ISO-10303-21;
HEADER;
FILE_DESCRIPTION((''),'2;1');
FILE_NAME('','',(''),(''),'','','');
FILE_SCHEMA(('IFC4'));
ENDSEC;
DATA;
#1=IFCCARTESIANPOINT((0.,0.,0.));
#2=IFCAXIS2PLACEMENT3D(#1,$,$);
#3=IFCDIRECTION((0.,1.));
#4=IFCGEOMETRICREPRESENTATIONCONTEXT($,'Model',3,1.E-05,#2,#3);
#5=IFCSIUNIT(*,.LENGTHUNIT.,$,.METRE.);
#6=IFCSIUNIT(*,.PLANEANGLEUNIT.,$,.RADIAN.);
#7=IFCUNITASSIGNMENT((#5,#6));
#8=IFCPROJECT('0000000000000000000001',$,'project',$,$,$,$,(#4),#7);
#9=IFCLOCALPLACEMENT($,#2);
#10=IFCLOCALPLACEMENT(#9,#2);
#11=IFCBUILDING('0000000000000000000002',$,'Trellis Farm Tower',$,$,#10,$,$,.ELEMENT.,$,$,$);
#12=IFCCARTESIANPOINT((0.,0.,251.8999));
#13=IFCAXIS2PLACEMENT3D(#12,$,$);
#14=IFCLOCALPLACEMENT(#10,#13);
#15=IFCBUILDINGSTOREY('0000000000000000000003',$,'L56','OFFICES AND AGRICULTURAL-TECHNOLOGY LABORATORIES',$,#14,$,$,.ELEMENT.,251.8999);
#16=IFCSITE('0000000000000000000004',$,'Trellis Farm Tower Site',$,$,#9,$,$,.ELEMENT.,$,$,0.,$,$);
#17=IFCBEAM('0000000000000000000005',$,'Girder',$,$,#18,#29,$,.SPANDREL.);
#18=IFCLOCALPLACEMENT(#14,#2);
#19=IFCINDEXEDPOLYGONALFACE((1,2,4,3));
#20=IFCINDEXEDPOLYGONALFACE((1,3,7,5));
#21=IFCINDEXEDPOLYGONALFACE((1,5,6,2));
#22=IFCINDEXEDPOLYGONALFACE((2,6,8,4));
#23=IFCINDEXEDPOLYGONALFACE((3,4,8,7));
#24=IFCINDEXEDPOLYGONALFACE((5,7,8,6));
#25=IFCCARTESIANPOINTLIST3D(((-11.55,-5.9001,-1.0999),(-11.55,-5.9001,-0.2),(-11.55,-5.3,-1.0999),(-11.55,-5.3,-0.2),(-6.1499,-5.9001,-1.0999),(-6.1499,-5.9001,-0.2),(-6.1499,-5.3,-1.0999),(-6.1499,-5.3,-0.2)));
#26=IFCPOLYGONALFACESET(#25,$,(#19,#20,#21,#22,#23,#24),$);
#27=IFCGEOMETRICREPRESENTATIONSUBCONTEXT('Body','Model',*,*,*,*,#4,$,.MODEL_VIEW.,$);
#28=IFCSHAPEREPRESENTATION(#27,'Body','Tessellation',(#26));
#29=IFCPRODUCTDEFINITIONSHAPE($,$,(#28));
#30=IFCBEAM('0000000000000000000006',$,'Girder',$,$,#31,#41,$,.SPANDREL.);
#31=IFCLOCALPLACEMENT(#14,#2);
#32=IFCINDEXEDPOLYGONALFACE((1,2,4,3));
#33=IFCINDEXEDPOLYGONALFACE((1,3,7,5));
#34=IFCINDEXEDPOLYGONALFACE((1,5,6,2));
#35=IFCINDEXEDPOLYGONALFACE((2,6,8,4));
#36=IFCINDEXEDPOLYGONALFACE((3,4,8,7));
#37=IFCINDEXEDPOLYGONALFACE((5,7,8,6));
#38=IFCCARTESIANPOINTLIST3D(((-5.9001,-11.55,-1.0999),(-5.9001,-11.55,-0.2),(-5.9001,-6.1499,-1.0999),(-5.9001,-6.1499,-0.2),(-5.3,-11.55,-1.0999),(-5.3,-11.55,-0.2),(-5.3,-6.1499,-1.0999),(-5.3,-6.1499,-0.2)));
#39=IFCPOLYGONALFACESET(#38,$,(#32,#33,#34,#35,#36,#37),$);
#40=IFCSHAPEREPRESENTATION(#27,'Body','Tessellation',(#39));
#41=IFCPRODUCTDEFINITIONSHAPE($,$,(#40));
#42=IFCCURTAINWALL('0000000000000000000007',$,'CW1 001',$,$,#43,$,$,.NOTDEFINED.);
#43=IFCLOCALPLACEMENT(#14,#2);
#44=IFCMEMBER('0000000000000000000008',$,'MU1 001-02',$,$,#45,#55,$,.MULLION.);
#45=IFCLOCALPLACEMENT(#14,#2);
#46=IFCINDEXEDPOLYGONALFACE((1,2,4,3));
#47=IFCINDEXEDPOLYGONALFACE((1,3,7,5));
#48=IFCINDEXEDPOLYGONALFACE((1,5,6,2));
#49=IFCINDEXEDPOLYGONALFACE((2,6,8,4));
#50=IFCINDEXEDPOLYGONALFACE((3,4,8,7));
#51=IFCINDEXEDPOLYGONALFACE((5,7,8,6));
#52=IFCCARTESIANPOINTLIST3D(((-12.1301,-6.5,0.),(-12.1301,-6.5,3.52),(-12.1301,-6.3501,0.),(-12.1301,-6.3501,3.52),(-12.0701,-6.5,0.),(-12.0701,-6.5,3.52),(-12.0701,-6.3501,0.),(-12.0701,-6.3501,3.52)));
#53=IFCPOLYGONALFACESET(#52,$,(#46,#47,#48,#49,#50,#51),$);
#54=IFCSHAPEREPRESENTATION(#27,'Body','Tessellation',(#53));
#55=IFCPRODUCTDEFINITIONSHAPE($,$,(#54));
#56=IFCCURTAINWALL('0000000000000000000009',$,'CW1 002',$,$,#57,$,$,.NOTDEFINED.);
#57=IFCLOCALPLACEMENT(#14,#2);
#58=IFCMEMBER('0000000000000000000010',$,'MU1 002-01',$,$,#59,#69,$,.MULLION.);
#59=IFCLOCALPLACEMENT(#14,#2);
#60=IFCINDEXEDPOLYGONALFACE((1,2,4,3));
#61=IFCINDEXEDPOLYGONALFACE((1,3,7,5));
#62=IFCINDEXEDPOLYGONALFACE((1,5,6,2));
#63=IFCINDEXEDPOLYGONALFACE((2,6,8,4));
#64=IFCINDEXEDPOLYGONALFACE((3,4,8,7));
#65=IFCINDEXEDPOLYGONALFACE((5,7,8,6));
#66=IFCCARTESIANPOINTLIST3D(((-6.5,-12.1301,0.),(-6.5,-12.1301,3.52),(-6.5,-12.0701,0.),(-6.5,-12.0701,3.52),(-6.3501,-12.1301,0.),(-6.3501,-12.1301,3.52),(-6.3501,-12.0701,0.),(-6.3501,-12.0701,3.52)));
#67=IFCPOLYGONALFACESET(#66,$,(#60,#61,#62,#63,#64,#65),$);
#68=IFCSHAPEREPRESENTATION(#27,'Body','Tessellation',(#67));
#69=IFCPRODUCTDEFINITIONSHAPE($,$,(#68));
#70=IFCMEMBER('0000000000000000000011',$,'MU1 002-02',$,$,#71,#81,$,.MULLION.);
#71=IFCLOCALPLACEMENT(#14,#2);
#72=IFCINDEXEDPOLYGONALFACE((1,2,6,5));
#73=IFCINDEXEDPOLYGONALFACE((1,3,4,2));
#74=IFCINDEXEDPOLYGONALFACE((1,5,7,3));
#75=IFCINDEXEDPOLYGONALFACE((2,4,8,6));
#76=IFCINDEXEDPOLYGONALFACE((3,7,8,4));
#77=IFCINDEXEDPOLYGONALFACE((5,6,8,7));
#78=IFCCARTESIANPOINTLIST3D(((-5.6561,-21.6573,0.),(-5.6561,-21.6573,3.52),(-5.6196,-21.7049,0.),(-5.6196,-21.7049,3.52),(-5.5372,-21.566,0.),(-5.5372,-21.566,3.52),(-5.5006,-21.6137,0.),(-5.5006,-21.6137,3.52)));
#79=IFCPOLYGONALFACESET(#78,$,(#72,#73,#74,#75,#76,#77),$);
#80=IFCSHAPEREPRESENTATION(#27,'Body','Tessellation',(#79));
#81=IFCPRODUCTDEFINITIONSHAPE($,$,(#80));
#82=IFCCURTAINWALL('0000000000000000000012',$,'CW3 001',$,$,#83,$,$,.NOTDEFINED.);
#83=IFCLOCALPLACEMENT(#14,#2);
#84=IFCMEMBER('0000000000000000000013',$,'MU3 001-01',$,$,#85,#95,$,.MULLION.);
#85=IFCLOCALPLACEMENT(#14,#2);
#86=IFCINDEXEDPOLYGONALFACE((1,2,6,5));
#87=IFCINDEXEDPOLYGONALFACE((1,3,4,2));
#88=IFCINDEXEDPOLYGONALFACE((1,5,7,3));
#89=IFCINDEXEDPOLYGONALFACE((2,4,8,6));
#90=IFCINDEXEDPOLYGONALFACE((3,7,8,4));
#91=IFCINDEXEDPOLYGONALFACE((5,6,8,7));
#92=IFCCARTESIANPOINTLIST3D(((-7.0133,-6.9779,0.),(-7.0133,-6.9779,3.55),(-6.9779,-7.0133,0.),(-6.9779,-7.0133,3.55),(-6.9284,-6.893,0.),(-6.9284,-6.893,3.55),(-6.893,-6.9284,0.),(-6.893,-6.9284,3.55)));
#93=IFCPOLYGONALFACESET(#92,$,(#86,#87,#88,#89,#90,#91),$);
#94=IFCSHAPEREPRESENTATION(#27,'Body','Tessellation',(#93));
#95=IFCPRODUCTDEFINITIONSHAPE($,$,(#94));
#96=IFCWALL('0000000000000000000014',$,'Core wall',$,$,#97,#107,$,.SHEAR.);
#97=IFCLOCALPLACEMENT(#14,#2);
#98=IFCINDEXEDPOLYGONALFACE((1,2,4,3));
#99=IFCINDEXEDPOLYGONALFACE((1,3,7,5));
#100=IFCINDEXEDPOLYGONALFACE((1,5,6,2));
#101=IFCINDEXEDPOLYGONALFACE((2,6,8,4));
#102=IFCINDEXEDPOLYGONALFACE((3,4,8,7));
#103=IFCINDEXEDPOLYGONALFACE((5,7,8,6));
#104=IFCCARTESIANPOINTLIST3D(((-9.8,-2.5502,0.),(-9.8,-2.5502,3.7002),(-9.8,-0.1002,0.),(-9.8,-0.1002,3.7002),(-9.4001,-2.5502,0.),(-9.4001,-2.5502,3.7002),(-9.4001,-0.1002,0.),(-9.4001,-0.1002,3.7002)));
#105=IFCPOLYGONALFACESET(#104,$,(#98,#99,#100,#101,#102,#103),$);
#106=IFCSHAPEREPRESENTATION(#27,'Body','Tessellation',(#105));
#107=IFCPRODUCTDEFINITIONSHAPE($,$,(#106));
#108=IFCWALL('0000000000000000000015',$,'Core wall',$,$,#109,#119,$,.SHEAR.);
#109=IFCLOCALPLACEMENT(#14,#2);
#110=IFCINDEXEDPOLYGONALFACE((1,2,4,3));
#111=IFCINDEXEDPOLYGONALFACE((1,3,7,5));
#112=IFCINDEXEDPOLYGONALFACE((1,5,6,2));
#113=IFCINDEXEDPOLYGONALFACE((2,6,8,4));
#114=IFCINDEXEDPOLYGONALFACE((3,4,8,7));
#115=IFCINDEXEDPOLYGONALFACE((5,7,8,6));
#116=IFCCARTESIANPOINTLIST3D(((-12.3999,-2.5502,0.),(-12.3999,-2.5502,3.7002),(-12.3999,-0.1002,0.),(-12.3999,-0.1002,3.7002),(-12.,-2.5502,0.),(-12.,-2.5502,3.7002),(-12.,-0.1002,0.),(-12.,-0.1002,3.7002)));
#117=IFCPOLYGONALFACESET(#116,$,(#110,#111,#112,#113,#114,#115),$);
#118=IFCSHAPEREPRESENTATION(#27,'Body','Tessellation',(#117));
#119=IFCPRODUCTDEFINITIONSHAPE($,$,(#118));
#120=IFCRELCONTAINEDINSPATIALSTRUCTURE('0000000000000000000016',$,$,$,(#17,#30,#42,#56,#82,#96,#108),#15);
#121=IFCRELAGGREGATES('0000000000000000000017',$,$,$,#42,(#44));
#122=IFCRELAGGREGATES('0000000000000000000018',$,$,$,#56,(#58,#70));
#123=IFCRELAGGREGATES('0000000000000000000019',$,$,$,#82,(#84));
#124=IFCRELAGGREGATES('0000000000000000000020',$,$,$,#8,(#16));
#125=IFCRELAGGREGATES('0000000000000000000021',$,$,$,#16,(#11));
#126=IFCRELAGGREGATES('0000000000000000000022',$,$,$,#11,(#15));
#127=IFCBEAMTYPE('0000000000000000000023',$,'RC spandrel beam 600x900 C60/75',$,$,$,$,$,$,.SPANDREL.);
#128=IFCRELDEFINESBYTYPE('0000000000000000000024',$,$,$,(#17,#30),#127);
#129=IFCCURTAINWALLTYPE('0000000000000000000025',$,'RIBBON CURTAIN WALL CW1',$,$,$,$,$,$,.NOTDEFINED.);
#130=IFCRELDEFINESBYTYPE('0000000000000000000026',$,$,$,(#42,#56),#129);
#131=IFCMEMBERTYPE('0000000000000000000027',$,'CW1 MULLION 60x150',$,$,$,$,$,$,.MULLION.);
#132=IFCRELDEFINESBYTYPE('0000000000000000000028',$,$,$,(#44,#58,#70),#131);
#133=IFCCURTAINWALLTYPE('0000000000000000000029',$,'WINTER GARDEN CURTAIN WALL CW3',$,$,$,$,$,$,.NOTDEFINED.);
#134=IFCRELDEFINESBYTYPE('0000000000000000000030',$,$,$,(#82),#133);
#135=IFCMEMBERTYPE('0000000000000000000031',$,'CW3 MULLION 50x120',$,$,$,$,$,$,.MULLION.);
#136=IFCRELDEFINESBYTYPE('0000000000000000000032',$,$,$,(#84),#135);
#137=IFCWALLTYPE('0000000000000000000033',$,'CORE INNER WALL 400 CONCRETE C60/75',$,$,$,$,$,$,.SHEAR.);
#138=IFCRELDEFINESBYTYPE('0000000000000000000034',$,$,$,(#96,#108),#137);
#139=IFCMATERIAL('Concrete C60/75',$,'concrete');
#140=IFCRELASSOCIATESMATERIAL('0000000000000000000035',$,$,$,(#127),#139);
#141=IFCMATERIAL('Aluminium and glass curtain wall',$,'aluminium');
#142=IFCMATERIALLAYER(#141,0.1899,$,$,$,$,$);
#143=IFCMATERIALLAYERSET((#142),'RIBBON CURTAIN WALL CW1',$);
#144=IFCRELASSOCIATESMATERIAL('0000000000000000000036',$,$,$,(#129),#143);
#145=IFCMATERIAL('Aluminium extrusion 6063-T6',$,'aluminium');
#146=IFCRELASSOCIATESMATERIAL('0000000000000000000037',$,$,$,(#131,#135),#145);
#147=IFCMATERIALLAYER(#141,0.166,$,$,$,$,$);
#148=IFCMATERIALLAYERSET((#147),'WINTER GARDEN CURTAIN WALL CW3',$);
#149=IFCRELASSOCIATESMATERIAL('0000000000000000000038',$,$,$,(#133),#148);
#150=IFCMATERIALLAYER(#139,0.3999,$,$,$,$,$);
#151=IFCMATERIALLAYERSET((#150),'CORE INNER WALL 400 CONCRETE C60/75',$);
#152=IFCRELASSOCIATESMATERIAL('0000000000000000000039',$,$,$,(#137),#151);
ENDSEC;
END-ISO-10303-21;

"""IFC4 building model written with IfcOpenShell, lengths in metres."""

from ifc_helpers import new_model, si_unit, direction, frame, frame_2d, origin, origin_2d, place, context, subcontext, project, spatial, rectangle, extrude, source, transform, mapped, material, layer, layer_set, material_profile, profile_set, type_object, element, aggregate, save


model = new_model("IFC4")

# Units and contexts
model_context = context("Model", 3, precision=1e-05, world=origin(), true_north=direction((0.0, 1.0)))
body_context = subcontext(model_context, "Body", "Model", "MODEL_VIEW")
ifc_project = project(units=[si_unit("LENGTHUNIT", "METRE"), si_unit("PLANEANGLEUNIT", "RADIAN")], contexts=[model_context])

# Site, building, storey
site_placement = place(None, origin())
site = spatial("IfcSite", under=ifc_project, at=site_placement, Name="Trellis Farm Tower Site", CompositionType="ELEMENT", RefElevation=0.0)
building_placement = place(site_placement, origin())
building = spatial("IfcBuilding", under=site, at=building_placement, Name="Trellis Farm Tower", CompositionType="ELEMENT")
storey_placement = place(building_placement, frame((0.0, 0.0, 251.8999)))
storey = spatial("IfcBuildingStorey", under=building, at=storey_placement, Name="L56", Description="OFFICES AND AGRICULTURAL-TECHNOLOGY LABORATORIES", CompositionType="ELEMENT", Elevation=251.8999)

# Shared definitions
ifc_material_1 = material(Name="Concrete C60/75", Category="concrete")

# Beams
ifc_material_profile_1 = material_profile(ifc_material_1, rectangle(XDim=0.6001, YDim=0.8999, at=origin_2d()), Name="RC spandrel beam 600x900 C60/75")
ifc_profile_set_1 = profile_set([ifc_material_profile_1], Name="Concrete C60/75")
beam_type_1 = type_object("IfcBeamType", Name="RC spandrel beam 600x900 C60/75", PredefinedType="SPANDREL", material=ifc_profile_set_1)
shared_shape_1 = source(origin(), body_context, "Body", "SweptSolid", [
    extrude(rectangle(XDim=0.6001, YDim=0.8999, at=origin_2d()), origin(), (0.0, 0.0, 1.0), 5.4001),
])
for number, where, z_axis, x_axis, name in (
    (1, (-11.55, -5.6001, -0.6499), (1.0, 0.0, 0.0), (0.0, 1.0, 0.0), "Girder"),
    (2, (-5.6001, -11.55, -0.6499), (0.0, 1.0, 0.0), (-1.0, 0.0, 0.0), "Girder"),
):
    element("IfcBeam", number, at=place(storey_placement, frame(where, z_axis=z_axis, x_axis=x_axis)), inside=storey, type_object=beam_type_1, Name=name, PredefinedType="SPANDREL", context=body_context, shape_type="MappedRepresentation", body=[
        mapped(shared_shape_1, transform((0.0, 0.0, 0.0))),
    ])

# Curtain wall, member
ifc_material_2 = material(Name="Aluminium and glass curtain wall", Category="aluminium")
ifc_layer_1 = layer(ifc_material_2, 0.1899)
ifc_layer_set_1 = layer_set([ifc_layer_1], Name="RIBBON CURTAIN WALL CW1")
curtain_wall_type_1 = type_object("IfcCurtainWallType", Name="RIBBON CURTAIN WALL CW1", PredefinedType="NOTDEFINED", material=ifc_layer_set_1)
placement = place(storey_placement, origin())
curtain_wall_1 = element("IfcCurtainWall", 3, at=placement, inside=storey, type_object=curtain_wall_type_1, Name="CW1 001", PredefinedType="NOTDEFINED")
ifc_material_3 = material(Name="Aluminium extrusion 6063-T6", Category="aluminium")
ifc_material_profile_2 = material_profile(ifc_material_3, rectangle(XDim=0.0601, YDim=0.1499, at=origin_2d()), Name="MULLION 60x150")
ifc_profile_set_2 = profile_set([ifc_material_profile_2], Name="Aluminium extrusion 6063-T6")
member_type_1 = type_object("IfcMemberType", Name="CW1 MULLION 60x150", PredefinedType="MULLION", material=ifc_profile_set_2)
shared_shape_2 = source(origin(), body_context, "Body", "SweptSolid", [
    extrude(rectangle(XDim=0.0601, YDim=0.1499, at=origin_2d()), origin(), (0.0, 0.0, 1.0), 3.52),
])
member_1_placement = place(storey_placement, frame((-12.1001, -6.425, 0.0), z_axis=(0.0, 0.0, 1.0), x_axis=(1.0, 0.0, 0.0)))
member_1 = element("IfcMember", 4, at=member_1_placement, type_object=member_type_1, Name="MU1 001-02", PredefinedType="MULLION", context=body_context, shape_type="MappedRepresentation", body=[
    mapped(shared_shape_2, transform((0.0, 0.0, 0.0))),
])
aggregate(curtain_wall_1, [member_1])

# Curtain wall, members
curtain_wall_2 = element("IfcCurtainWall", 5, at=placement, inside=storey, type_object=curtain_wall_type_1, Name="CW1 002", PredefinedType="NOTDEFINED")
member_2_placement = place(storey_placement, frame((-6.425, -12.1001, 0.0), z_axis=(0.0, 0.0, 1.0), x_axis=(0.0, -1.0, 0.0)))
member_2 = element("IfcMember", 6, at=member_2_placement, type_object=member_type_1, Name="MU1 002-01", PredefinedType="MULLION", context=body_context, shape_type="MappedRepresentation", body=[
    mapped(shared_shape_2, transform((0.0, 0.0, 0.0))),
])
member_3_placement = place(storey_placement, frame((-5.5784, -21.6355, 0.0), z_axis=(0.0, 0.0, 1.0), x_axis=(0.608761, -0.793353, 0.0)))
member_3 = element("IfcMember", 7, at=member_3_placement, type_object=member_type_1, Name="MU1 002-02", PredefinedType="MULLION", context=body_context, shape_type="MappedRepresentation", body=[
    mapped(shared_shape_2, transform((0.0, 0.0, 0.0))),
])
aggregate(curtain_wall_2, [member_2, member_3])

# Curtain wall, member
ifc_layer_2 = layer(ifc_material_2, 0.166)
ifc_layer_set_2 = layer_set([ifc_layer_2], Name="WINTER GARDEN CURTAIN WALL CW3")
curtain_wall_type_2 = type_object("IfcCurtainWallType", Name="WINTER GARDEN CURTAIN WALL CW3", PredefinedType="NOTDEFINED", material=ifc_layer_set_2)
curtain_wall_3 = element("IfcCurtainWall", 8, at=placement, inside=storey, type_object=curtain_wall_type_2, Name="CW3 001", PredefinedType="NOTDEFINED")
ifc_material_profile_3 = material_profile(ifc_material_3, rectangle(XDim=0.05, YDim=0.1201, at=origin_2d()), Name="MULLION 50x120")
ifc_profile_set_3 = profile_set([ifc_material_profile_3], Name="Aluminium extrusion 6063-T6")
member_type_2 = type_object("IfcMemberType", Name="CW3 MULLION 50x120", PredefinedType="MULLION", material=ifc_profile_set_3)
shared_shape_3 = source(origin(), body_context, "Body", "SweptSolid", [
    extrude(rectangle(XDim=0.05, YDim=0.1201, at=origin_2d()), origin(), (0.0, 0.0, 1.0), 3.55),
])
member_4_placement = place(storey_placement, frame((-6.9531, -6.9531, 0.0), z_axis=(0.0, 0.0, 1.0), x_axis=(0.707107, -0.707107, 0.0)))
member_4 = element("IfcMember", 9, at=member_4_placement, type_object=member_type_2, Name="MU3 001-01", PredefinedType="MULLION", context=body_context, shape_type="MappedRepresentation", body=[
    mapped(shared_shape_3, transform((0.0, 0.0, 0.0))),
])
aggregate(curtain_wall_3, [member_4])

# Walls
ifc_layer_3 = layer(ifc_material_1, 0.3999)
ifc_layer_set_3 = layer_set([ifc_layer_3], Name="CORE INNER WALL 400 CONCRETE C60/75")
wall_type_1 = type_object("IfcWallType", Name="CORE INNER WALL 400 CONCRETE C60/75", PredefinedType="SHEAR", material=ifc_layer_set_3)
shared_shape_4 = source(origin(), body_context, "Body", "SweptSolid", [
    extrude(rectangle(XDim=2.45, YDim=0.3999, at=frame_2d((1.2251, 0.0))), origin(), (0.0, 0.0, 1.0), 3.7002),
])
for number, where, z_axis, x_axis, name in (
    (10, (-9.6001, -0.1001, 0.0), (0.0, 0.0, 1.0), (0.0, -1.0, 0.0), "Core wall"),
    (11, (-12.2, -0.1001, 0.0), (0.0, 0.0, 1.0), (0.0, -1.0, 0.0), "Core wall"),
):
    element("IfcWall", number, at=place(storey_placement, frame(where, z_axis=z_axis, x_axis=x_axis)), inside=storey, type_object=wall_type_1, Name=name, PredefinedType="SHEAR", context=body_context, shape_type="MappedRepresentation", body=[
        mapped(shared_shape_4, transform((0.0, 0.0, 0.0))),
    ])

save(model, "model.ifc")
